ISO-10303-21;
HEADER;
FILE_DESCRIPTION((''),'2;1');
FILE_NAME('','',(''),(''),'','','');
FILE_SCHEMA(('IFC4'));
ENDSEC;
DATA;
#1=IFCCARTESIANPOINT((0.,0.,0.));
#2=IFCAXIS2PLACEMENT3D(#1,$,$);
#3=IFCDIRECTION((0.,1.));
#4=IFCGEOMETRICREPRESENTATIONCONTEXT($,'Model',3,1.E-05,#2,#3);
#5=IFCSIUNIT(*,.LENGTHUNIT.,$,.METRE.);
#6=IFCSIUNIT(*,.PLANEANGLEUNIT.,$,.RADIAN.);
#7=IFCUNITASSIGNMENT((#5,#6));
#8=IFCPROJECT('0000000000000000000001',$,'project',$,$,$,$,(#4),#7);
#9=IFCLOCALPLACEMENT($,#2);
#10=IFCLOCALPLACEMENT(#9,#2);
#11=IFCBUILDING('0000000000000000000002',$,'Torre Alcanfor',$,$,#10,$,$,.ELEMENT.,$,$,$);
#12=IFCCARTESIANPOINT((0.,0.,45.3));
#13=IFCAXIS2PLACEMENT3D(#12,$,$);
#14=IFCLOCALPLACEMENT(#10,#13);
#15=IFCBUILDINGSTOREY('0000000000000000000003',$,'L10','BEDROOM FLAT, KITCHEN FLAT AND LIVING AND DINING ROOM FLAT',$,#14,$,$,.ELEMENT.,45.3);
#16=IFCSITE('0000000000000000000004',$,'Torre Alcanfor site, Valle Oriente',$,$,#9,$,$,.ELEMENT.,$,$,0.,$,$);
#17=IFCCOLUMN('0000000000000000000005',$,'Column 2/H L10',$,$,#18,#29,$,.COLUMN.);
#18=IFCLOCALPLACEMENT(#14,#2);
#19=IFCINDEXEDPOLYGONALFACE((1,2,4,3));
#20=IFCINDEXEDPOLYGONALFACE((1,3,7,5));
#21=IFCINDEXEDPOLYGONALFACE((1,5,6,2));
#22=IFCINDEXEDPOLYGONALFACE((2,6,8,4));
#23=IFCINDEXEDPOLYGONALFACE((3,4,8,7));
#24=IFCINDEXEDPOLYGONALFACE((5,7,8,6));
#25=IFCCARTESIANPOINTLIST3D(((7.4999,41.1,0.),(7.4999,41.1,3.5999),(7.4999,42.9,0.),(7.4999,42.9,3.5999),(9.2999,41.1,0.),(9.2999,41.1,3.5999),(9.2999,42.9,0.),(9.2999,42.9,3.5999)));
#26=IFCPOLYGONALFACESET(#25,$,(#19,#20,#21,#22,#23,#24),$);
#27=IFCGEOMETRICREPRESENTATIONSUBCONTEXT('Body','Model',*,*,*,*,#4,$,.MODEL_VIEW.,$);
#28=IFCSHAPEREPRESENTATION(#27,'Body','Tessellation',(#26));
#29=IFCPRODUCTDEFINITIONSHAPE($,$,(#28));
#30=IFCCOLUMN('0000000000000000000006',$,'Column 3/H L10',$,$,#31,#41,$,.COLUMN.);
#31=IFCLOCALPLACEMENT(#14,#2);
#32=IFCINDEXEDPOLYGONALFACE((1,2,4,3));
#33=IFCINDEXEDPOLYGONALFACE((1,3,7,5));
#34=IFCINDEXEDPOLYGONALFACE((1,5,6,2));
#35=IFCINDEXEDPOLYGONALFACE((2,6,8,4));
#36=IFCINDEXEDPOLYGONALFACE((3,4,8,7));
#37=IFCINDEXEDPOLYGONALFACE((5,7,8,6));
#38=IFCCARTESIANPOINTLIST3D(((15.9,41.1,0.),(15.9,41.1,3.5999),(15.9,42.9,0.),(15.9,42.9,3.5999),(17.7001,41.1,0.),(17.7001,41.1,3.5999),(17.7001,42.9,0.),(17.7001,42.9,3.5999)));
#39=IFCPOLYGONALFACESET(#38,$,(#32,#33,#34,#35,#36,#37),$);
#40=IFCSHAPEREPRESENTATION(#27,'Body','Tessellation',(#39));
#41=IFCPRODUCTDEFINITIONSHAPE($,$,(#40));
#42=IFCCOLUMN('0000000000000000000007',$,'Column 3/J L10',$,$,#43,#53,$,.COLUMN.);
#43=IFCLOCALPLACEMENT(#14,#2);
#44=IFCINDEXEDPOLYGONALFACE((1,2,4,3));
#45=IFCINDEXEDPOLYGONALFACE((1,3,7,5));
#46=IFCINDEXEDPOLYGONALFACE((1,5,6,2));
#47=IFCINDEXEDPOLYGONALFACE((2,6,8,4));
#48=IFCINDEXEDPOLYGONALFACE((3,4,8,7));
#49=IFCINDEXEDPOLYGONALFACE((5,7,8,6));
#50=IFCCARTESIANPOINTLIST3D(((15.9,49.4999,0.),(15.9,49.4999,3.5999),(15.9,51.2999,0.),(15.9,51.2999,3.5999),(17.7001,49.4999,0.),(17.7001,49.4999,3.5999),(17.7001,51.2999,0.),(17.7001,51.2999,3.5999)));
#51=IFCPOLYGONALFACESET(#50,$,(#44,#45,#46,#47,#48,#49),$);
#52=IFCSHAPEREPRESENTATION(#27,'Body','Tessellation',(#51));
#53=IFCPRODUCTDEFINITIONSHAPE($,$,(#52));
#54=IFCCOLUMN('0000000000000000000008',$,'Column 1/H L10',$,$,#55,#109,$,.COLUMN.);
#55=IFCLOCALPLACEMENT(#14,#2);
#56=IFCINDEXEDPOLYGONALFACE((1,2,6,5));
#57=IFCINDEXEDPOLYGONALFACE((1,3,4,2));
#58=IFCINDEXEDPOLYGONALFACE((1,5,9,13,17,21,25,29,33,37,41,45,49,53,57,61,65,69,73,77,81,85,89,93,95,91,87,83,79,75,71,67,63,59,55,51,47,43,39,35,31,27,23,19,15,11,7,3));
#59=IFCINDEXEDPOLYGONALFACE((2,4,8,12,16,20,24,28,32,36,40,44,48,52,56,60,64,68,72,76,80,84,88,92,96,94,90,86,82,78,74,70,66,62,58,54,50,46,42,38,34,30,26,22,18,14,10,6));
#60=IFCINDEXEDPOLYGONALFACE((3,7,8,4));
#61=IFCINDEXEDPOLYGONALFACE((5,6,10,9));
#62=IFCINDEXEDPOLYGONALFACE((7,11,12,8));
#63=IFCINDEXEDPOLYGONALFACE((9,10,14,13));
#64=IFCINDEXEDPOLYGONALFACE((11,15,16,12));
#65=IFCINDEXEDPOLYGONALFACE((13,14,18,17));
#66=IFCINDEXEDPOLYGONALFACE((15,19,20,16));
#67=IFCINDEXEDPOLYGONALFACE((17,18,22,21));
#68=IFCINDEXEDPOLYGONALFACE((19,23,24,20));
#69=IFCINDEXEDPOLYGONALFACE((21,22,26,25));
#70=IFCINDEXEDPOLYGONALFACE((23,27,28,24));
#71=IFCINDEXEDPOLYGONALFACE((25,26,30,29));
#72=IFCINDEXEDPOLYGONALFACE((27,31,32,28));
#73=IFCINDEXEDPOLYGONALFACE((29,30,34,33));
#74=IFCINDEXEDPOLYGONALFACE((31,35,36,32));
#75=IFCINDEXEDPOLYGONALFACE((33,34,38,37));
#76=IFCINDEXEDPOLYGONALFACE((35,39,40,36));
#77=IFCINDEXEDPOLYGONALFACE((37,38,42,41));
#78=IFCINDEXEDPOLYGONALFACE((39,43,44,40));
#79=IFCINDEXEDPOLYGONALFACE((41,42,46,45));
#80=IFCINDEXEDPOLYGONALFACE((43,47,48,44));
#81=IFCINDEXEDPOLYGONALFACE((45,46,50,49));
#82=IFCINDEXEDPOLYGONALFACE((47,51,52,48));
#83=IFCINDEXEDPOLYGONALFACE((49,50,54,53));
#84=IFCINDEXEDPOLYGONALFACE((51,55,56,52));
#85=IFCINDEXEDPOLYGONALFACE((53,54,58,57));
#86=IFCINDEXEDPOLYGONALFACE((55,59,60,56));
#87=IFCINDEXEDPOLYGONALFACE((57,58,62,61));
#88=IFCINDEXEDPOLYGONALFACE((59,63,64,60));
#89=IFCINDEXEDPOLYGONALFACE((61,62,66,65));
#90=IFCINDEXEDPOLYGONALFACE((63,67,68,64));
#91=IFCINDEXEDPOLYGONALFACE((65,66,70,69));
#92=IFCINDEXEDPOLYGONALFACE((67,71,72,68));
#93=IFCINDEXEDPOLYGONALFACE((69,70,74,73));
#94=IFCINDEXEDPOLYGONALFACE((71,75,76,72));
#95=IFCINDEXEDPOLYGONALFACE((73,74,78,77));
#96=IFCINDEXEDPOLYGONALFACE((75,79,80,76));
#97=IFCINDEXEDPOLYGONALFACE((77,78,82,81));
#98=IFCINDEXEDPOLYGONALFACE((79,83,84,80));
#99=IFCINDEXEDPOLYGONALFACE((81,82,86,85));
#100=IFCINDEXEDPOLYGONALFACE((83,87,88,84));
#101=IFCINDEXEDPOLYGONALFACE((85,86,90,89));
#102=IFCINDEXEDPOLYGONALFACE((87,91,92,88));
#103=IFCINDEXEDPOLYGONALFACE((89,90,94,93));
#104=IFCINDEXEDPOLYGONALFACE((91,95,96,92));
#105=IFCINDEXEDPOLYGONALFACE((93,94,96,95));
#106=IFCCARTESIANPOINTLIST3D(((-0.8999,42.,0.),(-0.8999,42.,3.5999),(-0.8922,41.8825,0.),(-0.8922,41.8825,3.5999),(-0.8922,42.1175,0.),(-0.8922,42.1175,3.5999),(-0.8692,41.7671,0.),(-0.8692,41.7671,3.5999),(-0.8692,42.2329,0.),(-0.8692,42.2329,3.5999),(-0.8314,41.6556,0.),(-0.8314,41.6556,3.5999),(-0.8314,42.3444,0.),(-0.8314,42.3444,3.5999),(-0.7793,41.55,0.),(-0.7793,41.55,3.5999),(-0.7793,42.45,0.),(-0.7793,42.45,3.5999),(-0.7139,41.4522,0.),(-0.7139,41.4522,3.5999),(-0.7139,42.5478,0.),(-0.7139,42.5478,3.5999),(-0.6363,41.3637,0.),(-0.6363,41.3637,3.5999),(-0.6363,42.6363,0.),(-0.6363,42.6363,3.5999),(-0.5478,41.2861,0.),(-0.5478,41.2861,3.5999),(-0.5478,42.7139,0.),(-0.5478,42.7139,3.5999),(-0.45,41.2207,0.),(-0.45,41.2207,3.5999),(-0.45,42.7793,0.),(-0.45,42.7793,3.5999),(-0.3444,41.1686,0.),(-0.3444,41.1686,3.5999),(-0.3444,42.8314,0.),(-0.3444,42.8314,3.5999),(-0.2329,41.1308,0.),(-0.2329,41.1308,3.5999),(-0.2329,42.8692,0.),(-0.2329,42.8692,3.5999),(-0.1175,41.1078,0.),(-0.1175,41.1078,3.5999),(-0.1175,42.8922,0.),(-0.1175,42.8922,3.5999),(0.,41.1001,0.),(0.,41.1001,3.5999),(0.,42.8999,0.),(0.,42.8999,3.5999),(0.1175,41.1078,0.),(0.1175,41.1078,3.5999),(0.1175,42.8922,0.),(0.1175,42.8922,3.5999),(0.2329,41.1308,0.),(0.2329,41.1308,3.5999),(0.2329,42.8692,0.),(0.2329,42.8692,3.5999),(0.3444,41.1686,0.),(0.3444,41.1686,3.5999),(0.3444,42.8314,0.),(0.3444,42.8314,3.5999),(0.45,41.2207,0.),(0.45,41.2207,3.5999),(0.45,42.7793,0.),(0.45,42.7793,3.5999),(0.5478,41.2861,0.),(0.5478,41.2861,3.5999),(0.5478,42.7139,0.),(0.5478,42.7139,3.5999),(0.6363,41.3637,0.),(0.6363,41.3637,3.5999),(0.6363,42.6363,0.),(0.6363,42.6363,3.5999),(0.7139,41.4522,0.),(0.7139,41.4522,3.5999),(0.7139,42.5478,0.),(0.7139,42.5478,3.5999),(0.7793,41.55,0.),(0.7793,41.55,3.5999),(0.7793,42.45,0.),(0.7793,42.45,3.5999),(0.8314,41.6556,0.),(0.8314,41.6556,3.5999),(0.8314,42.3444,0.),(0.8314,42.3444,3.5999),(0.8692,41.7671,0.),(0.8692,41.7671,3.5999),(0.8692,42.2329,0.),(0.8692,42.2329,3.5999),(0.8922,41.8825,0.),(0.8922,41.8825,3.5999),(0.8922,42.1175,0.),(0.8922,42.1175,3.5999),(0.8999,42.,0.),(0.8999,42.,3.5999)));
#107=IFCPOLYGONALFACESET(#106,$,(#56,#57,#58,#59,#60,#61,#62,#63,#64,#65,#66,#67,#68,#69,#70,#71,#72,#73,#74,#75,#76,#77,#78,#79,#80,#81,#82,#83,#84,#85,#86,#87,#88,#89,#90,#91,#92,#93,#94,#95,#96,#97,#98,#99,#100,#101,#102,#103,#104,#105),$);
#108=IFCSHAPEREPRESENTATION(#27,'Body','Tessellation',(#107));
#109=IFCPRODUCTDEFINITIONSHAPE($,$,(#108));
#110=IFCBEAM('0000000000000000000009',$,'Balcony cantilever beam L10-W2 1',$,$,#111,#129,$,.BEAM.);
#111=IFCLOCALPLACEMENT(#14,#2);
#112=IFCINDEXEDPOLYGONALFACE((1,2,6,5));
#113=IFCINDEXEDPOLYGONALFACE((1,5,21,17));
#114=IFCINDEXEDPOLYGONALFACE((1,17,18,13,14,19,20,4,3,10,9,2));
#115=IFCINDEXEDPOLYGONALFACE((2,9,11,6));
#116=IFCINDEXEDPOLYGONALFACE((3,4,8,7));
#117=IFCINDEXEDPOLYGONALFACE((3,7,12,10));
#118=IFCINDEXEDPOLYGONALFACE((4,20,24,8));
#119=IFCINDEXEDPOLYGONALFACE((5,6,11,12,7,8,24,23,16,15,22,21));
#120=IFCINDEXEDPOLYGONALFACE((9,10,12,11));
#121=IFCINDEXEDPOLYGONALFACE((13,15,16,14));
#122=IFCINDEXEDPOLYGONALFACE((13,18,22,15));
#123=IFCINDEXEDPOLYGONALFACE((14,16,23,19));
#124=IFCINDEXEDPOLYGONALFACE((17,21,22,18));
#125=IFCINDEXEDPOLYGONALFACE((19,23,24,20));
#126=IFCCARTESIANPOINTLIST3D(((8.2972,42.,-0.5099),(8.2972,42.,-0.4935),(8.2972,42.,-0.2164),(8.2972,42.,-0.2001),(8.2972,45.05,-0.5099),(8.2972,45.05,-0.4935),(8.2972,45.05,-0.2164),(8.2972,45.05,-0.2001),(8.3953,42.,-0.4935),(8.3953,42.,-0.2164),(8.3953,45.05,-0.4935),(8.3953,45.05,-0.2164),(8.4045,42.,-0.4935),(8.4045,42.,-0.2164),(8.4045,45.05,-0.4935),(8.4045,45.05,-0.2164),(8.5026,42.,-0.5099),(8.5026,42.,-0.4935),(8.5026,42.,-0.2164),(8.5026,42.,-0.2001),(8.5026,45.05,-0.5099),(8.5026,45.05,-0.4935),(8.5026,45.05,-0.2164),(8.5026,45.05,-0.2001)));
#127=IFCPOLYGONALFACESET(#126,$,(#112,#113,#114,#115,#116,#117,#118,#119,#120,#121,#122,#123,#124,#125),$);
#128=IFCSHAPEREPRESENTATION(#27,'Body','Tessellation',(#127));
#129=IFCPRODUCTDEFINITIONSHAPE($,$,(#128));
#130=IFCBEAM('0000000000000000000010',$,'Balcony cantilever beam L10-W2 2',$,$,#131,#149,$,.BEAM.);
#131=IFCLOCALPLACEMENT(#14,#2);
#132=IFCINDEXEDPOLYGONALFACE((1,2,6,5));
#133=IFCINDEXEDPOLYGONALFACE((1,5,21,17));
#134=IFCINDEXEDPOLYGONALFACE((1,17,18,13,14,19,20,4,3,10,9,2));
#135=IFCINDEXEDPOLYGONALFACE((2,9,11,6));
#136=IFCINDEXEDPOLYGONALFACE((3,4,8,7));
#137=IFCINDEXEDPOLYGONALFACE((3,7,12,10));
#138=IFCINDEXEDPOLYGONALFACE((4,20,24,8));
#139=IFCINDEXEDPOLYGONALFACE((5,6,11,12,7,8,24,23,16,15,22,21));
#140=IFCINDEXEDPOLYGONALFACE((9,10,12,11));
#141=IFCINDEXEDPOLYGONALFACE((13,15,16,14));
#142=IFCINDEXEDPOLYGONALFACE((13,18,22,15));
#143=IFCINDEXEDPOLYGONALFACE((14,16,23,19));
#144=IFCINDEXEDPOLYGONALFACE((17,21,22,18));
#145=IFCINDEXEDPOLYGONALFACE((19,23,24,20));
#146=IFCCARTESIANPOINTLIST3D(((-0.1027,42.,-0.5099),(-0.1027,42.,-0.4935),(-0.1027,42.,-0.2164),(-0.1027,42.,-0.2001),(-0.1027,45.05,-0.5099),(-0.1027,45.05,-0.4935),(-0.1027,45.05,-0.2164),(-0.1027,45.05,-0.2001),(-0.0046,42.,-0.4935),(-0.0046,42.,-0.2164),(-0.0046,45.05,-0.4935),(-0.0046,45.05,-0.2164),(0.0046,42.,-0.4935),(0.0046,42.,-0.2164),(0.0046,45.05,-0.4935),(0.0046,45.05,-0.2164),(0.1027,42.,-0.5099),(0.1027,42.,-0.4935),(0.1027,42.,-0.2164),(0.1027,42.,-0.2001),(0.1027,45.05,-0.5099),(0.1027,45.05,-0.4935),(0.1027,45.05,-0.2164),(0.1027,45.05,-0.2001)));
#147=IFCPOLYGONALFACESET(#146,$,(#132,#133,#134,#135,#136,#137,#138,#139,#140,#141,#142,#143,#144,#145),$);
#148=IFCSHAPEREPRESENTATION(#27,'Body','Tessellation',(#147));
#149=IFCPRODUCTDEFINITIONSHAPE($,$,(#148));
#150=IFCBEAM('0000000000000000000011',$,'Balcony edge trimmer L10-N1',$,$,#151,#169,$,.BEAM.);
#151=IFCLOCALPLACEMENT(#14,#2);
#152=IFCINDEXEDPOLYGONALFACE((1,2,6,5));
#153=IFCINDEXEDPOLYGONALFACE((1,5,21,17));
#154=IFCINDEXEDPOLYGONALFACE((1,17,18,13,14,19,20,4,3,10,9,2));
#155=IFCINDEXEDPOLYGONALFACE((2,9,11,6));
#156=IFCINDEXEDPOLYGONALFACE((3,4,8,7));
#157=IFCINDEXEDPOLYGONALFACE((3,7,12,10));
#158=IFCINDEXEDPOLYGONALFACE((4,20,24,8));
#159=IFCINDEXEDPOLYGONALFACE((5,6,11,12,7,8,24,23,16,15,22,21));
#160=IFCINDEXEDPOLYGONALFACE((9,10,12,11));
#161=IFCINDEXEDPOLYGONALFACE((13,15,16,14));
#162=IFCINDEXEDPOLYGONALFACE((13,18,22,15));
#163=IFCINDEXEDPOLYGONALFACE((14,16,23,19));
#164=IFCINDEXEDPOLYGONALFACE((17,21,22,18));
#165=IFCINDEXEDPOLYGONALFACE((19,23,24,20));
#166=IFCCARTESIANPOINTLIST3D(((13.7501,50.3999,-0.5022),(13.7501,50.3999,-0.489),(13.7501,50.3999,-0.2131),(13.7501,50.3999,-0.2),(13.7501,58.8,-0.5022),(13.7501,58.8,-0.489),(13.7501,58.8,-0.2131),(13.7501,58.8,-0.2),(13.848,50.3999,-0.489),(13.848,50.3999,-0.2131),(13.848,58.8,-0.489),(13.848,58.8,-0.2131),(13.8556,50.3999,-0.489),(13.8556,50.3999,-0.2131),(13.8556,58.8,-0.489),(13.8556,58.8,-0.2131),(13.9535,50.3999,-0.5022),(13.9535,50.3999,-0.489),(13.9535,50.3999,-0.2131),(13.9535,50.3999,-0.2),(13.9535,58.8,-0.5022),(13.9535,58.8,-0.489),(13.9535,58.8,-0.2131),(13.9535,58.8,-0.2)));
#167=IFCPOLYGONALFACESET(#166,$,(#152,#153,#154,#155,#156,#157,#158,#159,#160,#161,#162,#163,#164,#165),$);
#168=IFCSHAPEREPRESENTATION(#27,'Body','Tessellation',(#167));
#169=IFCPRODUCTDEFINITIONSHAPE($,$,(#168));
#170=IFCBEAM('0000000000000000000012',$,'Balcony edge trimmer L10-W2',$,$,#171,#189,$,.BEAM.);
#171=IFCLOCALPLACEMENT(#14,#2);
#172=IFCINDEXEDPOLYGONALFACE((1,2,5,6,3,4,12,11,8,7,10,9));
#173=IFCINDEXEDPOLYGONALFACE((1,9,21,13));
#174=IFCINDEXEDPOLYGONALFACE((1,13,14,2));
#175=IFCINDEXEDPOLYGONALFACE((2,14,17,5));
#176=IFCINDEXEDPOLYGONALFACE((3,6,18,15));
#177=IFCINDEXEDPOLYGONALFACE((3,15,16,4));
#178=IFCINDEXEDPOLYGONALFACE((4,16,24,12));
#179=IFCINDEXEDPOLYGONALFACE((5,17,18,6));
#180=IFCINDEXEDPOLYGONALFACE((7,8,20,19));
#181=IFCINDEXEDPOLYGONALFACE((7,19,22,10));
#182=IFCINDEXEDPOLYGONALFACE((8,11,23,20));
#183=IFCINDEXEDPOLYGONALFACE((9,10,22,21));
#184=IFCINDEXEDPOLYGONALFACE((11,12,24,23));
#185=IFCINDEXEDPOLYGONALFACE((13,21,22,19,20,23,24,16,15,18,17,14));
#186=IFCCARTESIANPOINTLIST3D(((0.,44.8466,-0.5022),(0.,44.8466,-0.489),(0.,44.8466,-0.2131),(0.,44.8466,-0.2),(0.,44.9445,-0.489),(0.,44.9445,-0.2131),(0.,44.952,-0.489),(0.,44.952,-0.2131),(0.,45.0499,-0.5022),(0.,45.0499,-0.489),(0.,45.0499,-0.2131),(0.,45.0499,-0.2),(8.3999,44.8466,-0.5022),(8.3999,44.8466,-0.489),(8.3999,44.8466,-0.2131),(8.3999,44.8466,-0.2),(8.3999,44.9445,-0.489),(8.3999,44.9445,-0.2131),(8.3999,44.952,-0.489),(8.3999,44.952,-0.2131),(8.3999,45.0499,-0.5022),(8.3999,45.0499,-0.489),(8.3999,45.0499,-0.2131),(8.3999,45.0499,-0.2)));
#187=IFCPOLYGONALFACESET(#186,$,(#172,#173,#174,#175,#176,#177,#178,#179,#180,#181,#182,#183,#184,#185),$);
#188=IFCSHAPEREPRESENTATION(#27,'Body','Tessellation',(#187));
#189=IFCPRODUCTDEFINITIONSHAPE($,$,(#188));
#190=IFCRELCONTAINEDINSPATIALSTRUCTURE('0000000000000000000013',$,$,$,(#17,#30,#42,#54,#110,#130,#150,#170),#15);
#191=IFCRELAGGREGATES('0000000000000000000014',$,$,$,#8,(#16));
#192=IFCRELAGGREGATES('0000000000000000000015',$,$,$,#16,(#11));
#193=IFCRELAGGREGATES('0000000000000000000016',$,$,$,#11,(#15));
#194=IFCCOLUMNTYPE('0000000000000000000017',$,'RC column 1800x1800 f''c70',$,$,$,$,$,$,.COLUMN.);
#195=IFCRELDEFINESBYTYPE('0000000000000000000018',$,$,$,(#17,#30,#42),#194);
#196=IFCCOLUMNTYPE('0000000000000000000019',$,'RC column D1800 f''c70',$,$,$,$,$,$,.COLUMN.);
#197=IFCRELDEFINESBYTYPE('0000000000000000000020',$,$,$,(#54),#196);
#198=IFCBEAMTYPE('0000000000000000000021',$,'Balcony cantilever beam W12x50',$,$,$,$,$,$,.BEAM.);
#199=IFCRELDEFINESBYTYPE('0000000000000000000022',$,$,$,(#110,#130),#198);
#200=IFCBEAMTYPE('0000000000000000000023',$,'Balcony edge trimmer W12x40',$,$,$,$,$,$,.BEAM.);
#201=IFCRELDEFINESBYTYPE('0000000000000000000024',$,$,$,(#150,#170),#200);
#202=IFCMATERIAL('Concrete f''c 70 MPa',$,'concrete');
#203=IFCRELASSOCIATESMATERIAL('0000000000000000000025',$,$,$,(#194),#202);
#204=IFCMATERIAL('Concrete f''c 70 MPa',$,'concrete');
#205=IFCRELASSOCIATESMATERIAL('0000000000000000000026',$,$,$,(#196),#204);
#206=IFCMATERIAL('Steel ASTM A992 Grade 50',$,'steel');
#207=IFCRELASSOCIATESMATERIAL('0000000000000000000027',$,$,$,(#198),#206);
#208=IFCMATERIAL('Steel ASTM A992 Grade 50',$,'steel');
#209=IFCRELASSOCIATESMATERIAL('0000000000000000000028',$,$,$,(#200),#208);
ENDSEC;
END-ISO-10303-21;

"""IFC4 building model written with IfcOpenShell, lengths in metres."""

from ifc_helpers import new_model, si_unit, direction, frame, origin, origin_2d, place, context, subcontext, project, spatial, rectangle, circle, i_section, extrude, material, material_profile, profile_set, type_object, element, save


model = new_model("IFC4")

# Units and contexts
model_context = context("Model", 3, precision=1e-05, world=origin(), true_north=direction((0.0, 1.0)))
body_context = subcontext(model_context, "Body", "Model", "MODEL_VIEW")
ifc_project = project(units=[si_unit("LENGTHUNIT", "METRE"), si_unit("PLANEANGLEUNIT", "RADIAN")], contexts=[model_context])

# Site, building, storey
site_placement = place(None, origin())
site = spatial("IfcSite", under=ifc_project, at=site_placement, Name="Torre Alcanfor site, Valle Oriente", CompositionType="ELEMENT", RefElevation=0.0)
building_placement = place(site_placement, origin())
building = spatial("IfcBuilding", under=site, at=building_placement, Name="Torre Alcanfor", CompositionType="ELEMENT")
storey_placement = place(building_placement, frame((0.0, 0.0, 45.3)))
storey = spatial("IfcBuildingStorey", under=building, at=storey_placement, Name="L10", Description="BEDROOM FLAT, KITCHEN FLAT AND LIVING AND DINING ROOM FLAT", CompositionType="ELEMENT", Elevation=45.3)

# Columns
ifc_material_1 = material(Name="Concrete f'c 70 MPa", Category="concrete")
ifc_material_profile_1 = material_profile(ifc_material_1, rectangle(XDim=1.8, YDim=1.8, at=origin_2d()), Name="1800x1800")
ifc_profile_set_1 = profile_set([ifc_material_profile_1], Name="Concrete f'c 70 MPa")
column_type_1 = type_object("IfcColumnType", Name="RC column 1800x1800 f'c70", PredefinedType="COLUMN", material=ifc_profile_set_1)
for number, where, z_axis, x_axis, name in (
    (1, (8.3999, 42.0, 0.0), (0.0, 0.0, 1.0), (1.0, 0.0, 0.0), "Column 2/H L10"),
    (2, (16.8, 42.0, 0.0), (0.0, 0.0, 1.0), (1.0, 0.0, 0.0), "Column 3/H L10"),
    (3, (16.8, 50.3999, 0.0), (0.0, 0.0, 1.0), (1.0, 0.0, 0.0), "Column 3/J L10"),
):
    element("IfcColumn", number, at=place(storey_placement, frame(where, z_axis=z_axis, x_axis=x_axis)), inside=storey, type_object=column_type_1, Name=name, PredefinedType="COLUMN", context=body_context, shape_type="SweptSolid", body=[
        extrude(rectangle(XDim=1.8, YDim=1.8, at=origin_2d()), origin(), (0.0, 0.0, 1.0), 3.5999),
    ])
ifc_material_2 = material(Name="Concrete f'c 70 MPa", Category="concrete")
ifc_material_profile_2 = material_profile(ifc_material_2, circle(Radius=0.8999, at=origin_2d()), Name="D1800")
ifc_profile_set_2 = profile_set([ifc_material_profile_2], Name="Concrete f'c 70 MPa")
column_type_2 = type_object("IfcColumnType", Name="RC column D1800 f'c70", PredefinedType="COLUMN", material=ifc_profile_set_2)
column_placement = place(storey_placement, frame((0.0, 42.0, 0.0), z_axis=(0.0, 0.0, 1.0), x_axis=(1.0, 0.0, 0.0)))
element("IfcColumn", 4, at=column_placement, inside=storey, type_object=column_type_2, Name="Column 1/H L10", PredefinedType="COLUMN", context=body_context, shape_type="SweptSolid", body=[
    extrude(circle(Radius=0.8999, at=origin_2d()), origin(), (0.0, 0.0, 1.0), 3.5999),
])

# Beams
ifc_material_3 = material(Name="Steel ASTM A992 Grade 50", Category="steel")
ifc_material_profile_3 = material_profile(ifc_material_3, i_section(OverallWidth=0.2053, OverallDepth=0.3098, WebThickness=0.0093, FlangeThickness=0.0164, at=origin_2d()), Name="W12x50")
ifc_profile_set_3 = profile_set([ifc_material_profile_3], Name="Steel ASTM A992 Grade 50")
beam_type_1 = type_object("IfcBeamType", Name="Balcony cantilever beam W12x50", PredefinedType="BEAM", material=ifc_profile_set_3)
for number, where, z_axis, x_axis, name in (
    (5, (8.3999, 42.0, -0.355), (0.0, 1.0, 0.0), (-1.0, 0.0, 0.0), "Balcony cantilever beam L10-W2 1"),
    (6, (0.0, 42.0, -0.355), (0.0, 1.0, 0.0), (-1.0, 0.0, 0.0), "Balcony cantilever beam L10-W2 2"),
):
    element("IfcBeam", number, at=place(storey_placement, frame(where, z_axis=z_axis, x_axis=x_axis)), inside=storey, type_object=beam_type_1, Name=name, PredefinedType="BEAM", context=body_context, shape_type="SweptSolid", body=[
        extrude(i_section(OverallWidth=0.2053, OverallDepth=0.3098, WebThickness=0.0093, FlangeThickness=0.0164, at=origin_2d()), origin(), (0.0, 0.0, 1.0), 3.05),
    ])
ifc_material_4 = material(Name="Steel ASTM A992 Grade 50", Category="steel")
ifc_material_profile_4 = material_profile(ifc_material_4, i_section(OverallWidth=0.2034, OverallDepth=0.3022, WebThickness=0.0076, FlangeThickness=0.0132, at=origin_2d()), Name="W12x40")
ifc_profile_set_4 = profile_set([ifc_material_profile_4], Name="Steel ASTM A992 Grade 50")
beam_type_2 = type_object("IfcBeamType", Name="Balcony edge trimmer W12x40", PredefinedType="BEAM", material=ifc_profile_set_4)
beam_1_placement = place(storey_placement, frame((13.8518, 50.3999, -0.3511), z_axis=(0.0, 1.0, 0.0), x_axis=(-1.0, 0.0, 0.0)))
element("IfcBeam", 7, at=beam_1_placement, inside=storey, type_object=beam_type_2, Name="Balcony edge trimmer L10-N1", PredefinedType="BEAM", context=body_context, shape_type="SweptSolid", body=[
    extrude(i_section(OverallWidth=0.2034, OverallDepth=0.3022, WebThickness=0.0076, FlangeThickness=0.0132, at=origin_2d()), origin(), (0.0, 0.0, 1.0), 8.4001),
])
beam_2_placement = place(storey_placement, frame((8.3999, 44.9482, -0.3511), z_axis=(-1.0, 0.0, 0.0), x_axis=(0.0, -1.0, 0.0)))
element("IfcBeam", 8, at=beam_2_placement, inside=storey, type_object=beam_type_2, Name="Balcony edge trimmer L10-W2", PredefinedType="BEAM", context=body_context, shape_type="SweptSolid", body=[
    extrude(i_section(OverallWidth=0.2034, OverallDepth=0.3022, WebThickness=0.0076, FlangeThickness=0.0132, at=origin_2d()), origin(), (0.0, 0.0, 1.0), 8.3999),
])

save(model, "model.ifc")
